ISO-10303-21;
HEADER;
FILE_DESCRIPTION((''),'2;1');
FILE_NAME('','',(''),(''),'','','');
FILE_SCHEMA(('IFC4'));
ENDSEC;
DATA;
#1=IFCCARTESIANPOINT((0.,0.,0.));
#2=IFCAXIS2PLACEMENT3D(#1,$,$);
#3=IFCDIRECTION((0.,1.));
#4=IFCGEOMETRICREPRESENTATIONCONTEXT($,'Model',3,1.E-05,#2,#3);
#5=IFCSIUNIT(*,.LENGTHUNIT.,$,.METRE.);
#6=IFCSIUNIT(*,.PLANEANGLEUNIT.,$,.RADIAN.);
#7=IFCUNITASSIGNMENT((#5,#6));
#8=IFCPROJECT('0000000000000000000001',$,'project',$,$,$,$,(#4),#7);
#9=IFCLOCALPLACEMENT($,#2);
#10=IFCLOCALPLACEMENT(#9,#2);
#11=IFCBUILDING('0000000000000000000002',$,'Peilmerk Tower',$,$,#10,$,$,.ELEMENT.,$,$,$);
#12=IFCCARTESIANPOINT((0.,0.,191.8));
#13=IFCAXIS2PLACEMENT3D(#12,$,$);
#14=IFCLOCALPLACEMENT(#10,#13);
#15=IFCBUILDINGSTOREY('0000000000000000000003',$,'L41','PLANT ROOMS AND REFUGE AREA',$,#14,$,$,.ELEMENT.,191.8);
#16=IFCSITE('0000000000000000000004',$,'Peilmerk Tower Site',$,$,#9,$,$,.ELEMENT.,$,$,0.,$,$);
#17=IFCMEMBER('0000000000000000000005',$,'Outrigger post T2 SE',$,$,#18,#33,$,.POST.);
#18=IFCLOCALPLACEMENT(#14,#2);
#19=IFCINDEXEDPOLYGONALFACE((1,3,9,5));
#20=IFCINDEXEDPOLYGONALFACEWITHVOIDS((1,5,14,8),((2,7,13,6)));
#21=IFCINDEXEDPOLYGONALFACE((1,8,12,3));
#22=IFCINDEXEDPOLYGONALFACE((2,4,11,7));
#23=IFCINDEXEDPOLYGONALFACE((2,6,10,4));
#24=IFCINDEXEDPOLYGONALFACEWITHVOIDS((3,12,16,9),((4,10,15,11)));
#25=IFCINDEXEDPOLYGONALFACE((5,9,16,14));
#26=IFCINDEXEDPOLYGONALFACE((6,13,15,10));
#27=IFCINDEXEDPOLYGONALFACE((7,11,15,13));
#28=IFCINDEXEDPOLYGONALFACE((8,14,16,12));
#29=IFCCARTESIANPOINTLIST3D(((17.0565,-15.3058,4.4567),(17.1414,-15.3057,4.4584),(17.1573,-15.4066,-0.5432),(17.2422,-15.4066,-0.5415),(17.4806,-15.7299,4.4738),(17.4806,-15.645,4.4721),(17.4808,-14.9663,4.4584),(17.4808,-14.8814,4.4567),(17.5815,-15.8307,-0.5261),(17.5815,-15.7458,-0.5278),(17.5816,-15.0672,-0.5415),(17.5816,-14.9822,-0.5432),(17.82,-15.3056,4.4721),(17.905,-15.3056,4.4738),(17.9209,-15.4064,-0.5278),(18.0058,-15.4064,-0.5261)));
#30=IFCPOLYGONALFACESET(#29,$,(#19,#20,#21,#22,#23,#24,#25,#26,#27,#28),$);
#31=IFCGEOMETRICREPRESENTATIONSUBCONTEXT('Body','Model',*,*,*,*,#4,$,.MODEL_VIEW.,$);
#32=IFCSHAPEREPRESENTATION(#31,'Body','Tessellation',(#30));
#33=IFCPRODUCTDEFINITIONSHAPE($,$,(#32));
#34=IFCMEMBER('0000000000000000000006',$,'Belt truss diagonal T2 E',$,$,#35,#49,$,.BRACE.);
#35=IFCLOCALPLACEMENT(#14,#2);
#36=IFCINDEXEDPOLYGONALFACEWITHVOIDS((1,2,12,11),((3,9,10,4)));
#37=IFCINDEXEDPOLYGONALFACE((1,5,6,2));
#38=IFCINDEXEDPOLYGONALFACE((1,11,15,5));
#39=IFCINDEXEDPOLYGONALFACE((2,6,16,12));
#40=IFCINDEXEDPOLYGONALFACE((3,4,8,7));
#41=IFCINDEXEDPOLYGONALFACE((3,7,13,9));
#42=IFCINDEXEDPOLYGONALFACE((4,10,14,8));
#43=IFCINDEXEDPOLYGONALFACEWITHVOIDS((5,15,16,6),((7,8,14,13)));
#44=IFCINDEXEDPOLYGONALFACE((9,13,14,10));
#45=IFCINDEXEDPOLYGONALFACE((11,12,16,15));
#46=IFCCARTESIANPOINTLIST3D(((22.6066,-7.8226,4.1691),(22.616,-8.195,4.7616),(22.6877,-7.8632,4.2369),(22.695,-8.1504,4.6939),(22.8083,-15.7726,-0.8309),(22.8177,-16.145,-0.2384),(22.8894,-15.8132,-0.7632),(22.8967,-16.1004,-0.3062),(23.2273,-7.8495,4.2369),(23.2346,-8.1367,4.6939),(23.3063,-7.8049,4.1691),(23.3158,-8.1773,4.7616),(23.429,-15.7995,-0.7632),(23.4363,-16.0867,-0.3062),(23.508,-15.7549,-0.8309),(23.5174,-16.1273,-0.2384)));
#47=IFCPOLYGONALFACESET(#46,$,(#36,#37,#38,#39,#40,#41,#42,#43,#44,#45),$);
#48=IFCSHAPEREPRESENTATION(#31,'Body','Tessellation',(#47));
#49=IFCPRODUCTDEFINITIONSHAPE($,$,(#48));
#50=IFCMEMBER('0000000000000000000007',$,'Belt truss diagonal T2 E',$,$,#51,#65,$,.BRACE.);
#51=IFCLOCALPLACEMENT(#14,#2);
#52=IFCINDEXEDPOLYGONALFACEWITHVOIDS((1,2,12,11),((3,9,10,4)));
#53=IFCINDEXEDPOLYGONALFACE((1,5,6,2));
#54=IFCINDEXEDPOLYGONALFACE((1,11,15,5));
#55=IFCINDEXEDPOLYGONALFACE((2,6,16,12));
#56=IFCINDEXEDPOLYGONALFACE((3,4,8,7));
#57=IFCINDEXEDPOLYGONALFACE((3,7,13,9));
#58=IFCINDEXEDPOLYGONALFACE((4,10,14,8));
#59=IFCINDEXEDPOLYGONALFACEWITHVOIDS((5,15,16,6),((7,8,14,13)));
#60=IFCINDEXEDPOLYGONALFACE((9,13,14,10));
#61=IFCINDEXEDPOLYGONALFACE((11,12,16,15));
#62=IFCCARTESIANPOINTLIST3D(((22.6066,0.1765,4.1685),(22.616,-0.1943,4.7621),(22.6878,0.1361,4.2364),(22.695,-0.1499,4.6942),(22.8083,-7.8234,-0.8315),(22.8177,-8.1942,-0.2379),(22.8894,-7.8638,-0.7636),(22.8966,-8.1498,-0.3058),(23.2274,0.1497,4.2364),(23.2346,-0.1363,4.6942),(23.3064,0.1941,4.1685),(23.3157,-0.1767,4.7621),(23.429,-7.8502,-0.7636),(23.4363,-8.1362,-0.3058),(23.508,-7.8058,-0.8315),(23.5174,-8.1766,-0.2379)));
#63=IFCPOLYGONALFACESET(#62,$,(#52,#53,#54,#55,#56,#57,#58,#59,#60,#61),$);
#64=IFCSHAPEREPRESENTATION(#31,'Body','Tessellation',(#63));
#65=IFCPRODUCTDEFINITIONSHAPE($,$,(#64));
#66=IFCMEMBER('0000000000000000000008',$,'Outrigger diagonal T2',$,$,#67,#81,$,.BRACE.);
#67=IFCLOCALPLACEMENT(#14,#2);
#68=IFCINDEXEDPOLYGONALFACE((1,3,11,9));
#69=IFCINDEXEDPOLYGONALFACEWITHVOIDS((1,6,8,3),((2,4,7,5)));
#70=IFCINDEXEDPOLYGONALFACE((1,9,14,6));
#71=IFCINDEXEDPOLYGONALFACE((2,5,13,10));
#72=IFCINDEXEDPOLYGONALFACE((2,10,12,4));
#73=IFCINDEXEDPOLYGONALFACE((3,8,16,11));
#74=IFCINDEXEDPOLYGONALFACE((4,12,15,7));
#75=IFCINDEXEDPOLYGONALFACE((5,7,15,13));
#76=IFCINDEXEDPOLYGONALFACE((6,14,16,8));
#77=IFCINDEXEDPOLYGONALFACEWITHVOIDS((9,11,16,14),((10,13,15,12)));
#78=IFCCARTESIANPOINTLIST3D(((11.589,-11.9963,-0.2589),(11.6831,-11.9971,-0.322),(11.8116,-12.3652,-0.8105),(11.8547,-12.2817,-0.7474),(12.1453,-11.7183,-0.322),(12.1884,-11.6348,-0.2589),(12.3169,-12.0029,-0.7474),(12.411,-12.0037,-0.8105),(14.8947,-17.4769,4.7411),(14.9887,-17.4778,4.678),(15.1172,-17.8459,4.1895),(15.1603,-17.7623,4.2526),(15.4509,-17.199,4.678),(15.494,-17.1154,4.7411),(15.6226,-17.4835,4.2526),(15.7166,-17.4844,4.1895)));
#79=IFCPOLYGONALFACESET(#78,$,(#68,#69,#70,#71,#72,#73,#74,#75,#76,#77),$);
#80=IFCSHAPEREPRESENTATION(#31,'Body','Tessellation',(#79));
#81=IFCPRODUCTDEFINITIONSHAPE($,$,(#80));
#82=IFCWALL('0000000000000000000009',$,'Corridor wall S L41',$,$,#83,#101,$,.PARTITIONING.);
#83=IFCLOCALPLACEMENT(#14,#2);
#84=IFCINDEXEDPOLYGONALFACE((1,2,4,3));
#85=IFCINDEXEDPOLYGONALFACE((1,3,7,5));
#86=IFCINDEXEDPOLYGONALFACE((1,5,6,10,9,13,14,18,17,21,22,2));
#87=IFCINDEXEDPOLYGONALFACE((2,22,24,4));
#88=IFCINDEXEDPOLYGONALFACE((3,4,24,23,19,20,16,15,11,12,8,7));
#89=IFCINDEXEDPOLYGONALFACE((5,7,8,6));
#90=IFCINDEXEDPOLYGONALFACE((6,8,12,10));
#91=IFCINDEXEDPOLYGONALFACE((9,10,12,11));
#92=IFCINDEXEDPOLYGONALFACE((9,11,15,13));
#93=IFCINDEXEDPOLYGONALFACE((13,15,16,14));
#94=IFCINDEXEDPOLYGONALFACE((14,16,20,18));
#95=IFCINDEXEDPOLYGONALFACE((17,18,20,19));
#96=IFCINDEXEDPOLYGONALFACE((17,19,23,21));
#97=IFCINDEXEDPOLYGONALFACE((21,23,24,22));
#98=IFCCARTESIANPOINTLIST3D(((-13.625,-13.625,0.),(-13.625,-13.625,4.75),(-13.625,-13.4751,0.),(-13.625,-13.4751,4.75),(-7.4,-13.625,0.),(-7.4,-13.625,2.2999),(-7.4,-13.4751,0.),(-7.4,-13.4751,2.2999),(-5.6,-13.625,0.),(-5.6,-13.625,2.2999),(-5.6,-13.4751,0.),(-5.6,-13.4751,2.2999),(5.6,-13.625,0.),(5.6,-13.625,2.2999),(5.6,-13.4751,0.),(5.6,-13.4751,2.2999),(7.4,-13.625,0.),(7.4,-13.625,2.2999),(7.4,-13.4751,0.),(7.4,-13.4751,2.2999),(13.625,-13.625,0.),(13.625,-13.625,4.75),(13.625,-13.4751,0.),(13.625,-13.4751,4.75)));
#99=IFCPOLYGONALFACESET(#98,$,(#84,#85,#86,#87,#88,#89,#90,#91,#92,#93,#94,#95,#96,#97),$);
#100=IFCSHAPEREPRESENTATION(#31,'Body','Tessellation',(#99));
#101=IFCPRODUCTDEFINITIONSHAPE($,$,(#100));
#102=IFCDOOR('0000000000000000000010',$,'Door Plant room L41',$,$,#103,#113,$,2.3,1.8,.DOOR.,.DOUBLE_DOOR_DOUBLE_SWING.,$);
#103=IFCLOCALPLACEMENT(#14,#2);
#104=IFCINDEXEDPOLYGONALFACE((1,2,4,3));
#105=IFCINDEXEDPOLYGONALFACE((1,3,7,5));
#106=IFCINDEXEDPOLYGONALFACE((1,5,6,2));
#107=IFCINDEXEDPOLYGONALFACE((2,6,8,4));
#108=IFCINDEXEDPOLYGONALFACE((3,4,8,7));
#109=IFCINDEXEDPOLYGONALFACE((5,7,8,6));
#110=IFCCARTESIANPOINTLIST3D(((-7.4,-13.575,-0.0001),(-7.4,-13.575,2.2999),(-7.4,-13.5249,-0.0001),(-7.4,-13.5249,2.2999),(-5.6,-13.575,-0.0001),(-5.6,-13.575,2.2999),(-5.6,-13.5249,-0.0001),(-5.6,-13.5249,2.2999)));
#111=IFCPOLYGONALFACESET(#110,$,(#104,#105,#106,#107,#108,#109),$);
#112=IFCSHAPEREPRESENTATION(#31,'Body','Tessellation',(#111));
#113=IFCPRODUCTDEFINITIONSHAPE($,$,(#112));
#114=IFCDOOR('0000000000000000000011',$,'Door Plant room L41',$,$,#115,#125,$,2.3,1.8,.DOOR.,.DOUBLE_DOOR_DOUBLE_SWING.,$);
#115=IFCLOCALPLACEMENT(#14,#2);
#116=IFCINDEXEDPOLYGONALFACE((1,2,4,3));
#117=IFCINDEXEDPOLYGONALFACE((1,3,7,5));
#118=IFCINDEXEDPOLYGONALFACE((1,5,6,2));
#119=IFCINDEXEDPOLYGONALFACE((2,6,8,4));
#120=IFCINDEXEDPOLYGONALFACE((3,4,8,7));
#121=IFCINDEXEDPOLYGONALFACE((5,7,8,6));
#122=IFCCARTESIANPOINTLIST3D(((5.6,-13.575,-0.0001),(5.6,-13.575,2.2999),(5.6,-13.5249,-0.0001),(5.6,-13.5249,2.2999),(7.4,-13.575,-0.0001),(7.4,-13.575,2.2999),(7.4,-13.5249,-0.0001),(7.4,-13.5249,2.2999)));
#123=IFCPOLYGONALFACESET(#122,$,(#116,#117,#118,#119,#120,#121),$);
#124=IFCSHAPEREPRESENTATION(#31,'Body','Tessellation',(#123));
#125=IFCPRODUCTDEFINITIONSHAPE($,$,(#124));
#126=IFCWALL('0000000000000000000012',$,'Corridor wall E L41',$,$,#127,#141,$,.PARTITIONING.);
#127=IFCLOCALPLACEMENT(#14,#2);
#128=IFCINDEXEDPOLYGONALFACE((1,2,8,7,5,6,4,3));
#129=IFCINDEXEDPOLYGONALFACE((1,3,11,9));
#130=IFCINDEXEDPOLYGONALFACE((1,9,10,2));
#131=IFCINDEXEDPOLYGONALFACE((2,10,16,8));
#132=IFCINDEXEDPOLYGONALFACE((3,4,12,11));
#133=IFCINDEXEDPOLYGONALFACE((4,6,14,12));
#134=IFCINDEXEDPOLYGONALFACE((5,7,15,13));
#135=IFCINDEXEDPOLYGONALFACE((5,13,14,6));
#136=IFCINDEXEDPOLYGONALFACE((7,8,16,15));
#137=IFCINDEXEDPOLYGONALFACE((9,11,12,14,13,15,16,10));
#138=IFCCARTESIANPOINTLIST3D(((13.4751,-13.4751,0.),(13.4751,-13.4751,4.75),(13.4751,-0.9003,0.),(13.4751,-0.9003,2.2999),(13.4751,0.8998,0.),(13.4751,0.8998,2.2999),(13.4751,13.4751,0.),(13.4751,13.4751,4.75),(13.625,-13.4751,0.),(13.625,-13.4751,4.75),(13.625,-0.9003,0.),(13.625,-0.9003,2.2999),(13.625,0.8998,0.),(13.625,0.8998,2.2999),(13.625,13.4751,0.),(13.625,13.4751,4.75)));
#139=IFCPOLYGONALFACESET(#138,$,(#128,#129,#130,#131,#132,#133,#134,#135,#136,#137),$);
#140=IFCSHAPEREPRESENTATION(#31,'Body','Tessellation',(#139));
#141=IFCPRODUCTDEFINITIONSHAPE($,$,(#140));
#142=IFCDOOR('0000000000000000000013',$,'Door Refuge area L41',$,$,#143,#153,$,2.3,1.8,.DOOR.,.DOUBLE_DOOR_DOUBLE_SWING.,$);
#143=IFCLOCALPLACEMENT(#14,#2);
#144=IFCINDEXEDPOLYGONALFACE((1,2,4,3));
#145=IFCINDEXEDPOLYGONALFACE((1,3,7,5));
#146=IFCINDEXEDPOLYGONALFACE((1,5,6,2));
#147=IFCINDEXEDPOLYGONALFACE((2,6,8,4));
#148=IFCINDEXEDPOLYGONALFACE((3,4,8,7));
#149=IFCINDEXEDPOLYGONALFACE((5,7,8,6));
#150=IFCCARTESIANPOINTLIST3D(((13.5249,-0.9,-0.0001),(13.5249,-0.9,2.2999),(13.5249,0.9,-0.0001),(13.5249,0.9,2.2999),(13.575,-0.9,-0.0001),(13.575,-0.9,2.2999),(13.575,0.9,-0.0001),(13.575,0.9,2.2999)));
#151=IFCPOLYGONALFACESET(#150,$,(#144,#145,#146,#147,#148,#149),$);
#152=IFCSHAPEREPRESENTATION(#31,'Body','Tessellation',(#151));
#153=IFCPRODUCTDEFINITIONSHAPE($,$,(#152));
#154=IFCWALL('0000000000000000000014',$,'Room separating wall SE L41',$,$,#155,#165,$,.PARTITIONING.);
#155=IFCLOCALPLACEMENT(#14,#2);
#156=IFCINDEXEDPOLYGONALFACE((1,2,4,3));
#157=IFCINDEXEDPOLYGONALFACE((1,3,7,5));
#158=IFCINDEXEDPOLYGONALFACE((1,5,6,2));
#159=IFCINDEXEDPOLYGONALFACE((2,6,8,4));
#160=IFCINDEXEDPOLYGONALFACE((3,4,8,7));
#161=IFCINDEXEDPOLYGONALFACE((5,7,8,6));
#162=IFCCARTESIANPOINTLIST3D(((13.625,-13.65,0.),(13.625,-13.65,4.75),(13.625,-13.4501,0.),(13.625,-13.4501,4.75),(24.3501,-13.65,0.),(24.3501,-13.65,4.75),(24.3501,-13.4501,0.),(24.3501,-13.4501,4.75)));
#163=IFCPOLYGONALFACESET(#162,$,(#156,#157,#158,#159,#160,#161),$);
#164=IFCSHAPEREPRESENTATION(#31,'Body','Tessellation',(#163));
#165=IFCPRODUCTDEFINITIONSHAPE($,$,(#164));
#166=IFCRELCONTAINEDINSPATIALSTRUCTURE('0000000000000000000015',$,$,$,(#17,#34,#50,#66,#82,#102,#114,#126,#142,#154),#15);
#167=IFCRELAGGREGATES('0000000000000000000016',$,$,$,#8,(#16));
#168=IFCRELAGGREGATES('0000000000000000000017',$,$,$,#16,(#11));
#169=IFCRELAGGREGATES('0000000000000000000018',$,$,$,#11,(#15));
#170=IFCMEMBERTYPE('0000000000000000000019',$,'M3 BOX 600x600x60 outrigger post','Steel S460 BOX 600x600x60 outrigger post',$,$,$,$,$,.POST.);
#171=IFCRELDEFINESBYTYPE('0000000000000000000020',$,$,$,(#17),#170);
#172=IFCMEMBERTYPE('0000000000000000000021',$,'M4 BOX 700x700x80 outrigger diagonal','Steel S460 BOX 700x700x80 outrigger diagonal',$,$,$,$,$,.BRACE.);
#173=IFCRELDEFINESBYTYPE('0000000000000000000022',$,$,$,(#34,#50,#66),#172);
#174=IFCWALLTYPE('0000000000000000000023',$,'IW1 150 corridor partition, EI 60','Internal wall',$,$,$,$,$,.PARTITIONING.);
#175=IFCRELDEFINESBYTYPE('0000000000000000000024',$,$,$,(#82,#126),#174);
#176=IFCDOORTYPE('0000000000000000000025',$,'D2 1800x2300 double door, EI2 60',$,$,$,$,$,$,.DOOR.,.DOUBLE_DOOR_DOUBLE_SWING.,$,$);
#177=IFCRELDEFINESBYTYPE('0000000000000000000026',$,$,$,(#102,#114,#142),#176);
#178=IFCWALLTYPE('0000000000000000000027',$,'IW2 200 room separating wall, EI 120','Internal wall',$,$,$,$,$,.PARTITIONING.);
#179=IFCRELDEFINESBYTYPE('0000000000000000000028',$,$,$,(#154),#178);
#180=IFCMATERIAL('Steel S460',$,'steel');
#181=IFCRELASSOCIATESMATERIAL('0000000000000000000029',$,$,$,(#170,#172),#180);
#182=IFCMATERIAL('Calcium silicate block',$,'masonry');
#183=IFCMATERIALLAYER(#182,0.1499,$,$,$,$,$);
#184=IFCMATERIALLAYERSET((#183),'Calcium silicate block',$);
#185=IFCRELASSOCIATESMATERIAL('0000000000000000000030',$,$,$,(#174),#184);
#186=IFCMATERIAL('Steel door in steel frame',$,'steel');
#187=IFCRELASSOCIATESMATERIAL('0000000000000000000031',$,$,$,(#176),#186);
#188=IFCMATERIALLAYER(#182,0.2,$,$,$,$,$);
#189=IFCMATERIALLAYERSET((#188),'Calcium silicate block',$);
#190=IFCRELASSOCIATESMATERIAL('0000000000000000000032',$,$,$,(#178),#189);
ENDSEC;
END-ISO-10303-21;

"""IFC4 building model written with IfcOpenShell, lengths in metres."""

from ifc_helpers import new_model, si_unit, direction, frame, frame_2d, origin, origin_2d, place, context, subcontext, project, spatial, rectangle, hollow_rectangle, extrude, material, layer, layer_set, material_profile, profile_set, type_object, element, fill, save


model = new_model("IFC4")

# Units and contexts
model_context = context("Model", 3, precision=1e-05, world=origin(), true_north=direction((0.0, 1.0)))
body_context = subcontext(model_context, "Body", "Model", "MODEL_VIEW")
ifc_project = project(units=[si_unit("LENGTHUNIT", "METRE"), si_unit("PLANEANGLEUNIT", "RADIAN")], contexts=[model_context])

# Site, building, storey
site_placement = place(None, origin())
site = spatial("IfcSite", under=ifc_project, at=site_placement, Name="Peilmerk Tower Site", CompositionType="ELEMENT", RefElevation=0.0)
building_placement = place(site_placement, origin())
building = spatial("IfcBuilding", under=site, at=building_placement, Name="Peilmerk Tower", CompositionType="ELEMENT")
storey_placement = place(building_placement, frame((0.0, 0.0, 191.8)))
storey = spatial("IfcBuildingStorey", under=building, at=storey_placement, Name="L41", Description="PLANT ROOMS AND REFUGE AREA", CompositionType="ELEMENT", Elevation=191.8)

# Shared definitions
ifc_material_1 = material(Name="Steel S460", Category="steel")

# Members
ifc_material_profile_1 = material_profile(ifc_material_1, hollow_rectangle(XDim=0.6001, YDim=0.6001, WallThickness=0.0601, at=origin_2d()), Name="BOX 600x600x60")
ifc_profile_set_1 = profile_set([ifc_material_profile_1], Name="Steel S460")
member_type_1 = type_object("IfcMemberType", Name="M3 BOX 600x600x60 outrigger post", Description="Steel S460 BOX 600x600x60 outrigger post", PredefinedType="POST", material=ifc_profile_set_1)
member_1_placement = place(storey_placement, frame((17.5815, -15.4065, -0.5347), z_axis=(-0.020158, 0.020158, 0.999594), x_axis=(-0.707107, -0.707107, 0.0)))
element("IfcMember", 1, at=member_1_placement, inside=storey, type_object=member_type_1, Name="Outrigger post T2 SE", PredefinedType="POST", context=body_context, shape_type="SweptSolid", body=[
    extrude(hollow_rectangle(XDim=0.6001, YDim=0.6001, WallThickness=0.0601, at=origin_2d()), origin(), (0.0, 0.0, 1.0), 5.002),
])
ifc_material_profile_2 = material_profile(ifc_material_1, hollow_rectangle(XDim=0.7, YDim=0.7, WallThickness=0.0801, at=origin_2d()), Name="BOX 700x700x80")
ifc_profile_set_2 = profile_set([ifc_material_profile_2], Name="Steel S460")
member_type_2 = type_object("IfcMemberType", Name="M4 BOX 700x700x80 outrigger diagonal", Description="Steel S460 BOX 700x700x80 outrigger diagonal", PredefinedType="BRACE", material=ifc_profile_set_2)
member_2_placement = place(storey_placement, frame((23.1628, -15.95, -0.5347), z_axis=(-0.021467, 0.846303, 0.532269), x_axis=(-0.999678, -0.025358, 0.0)))
element("IfcMember", 2, at=member_2_placement, inside=storey, type_object=member_type_2, Name="Belt truss diagonal T2 E", PredefinedType="BRACE", context=body_context, shape_type="SweptSolid", body=[
    extrude(hollow_rectangle(XDim=0.7, YDim=0.7, WallThickness=0.0801, at=origin_2d()), origin(), (0.0, 0.0, 1.0), 9.3938),
])
member_3_placement = place(storey_placement, frame((23.1628, -8.0, -0.5347), z_axis=(-0.021371, 0.847805, 0.529878), x_axis=(-0.999682, -0.0252, 0.0)))
element("IfcMember", 3, at=member_3_placement, inside=storey, type_object=member_type_2, Name="Belt truss diagonal T2 E", PredefinedType="BRACE", context=body_context, shape_type="SweptSolid", body=[
    extrude(hollow_rectangle(XDim=0.7, YDim=0.7, WallThickness=0.0801, at=origin_2d()), origin(), (0.0, 0.0, 1.0), 9.436),
])
member_4_placement = place(storey_placement, frame((12.0, -12.0, -0.5347), z_axis=(0.407005, -0.674805, 0.615618), x_axis=(0.856303, 0.516475, 0.0)))
element("IfcMember", 4, at=member_4_placement, inside=storey, type_object=member_type_2, Name="Outrigger diagonal T2", PredefinedType="BRACE", context=body_context, shape_type="SweptSolid", body=[
    extrude(hollow_rectangle(XDim=0.7, YDim=0.7, WallThickness=0.0801, at=origin_2d()), origin(), (0.0, 0.0, 1.0), 8.1218),
])

# Wall, openings, doors
ifc_material_2 = material(Name="Calcium silicate block", Category="masonry")
ifc_layer_1 = layer(ifc_material_2, 0.1499)
ifc_layer_set_1 = layer_set([ifc_layer_1], Name="Calcium silicate block")
wall_type_1 = type_object("IfcWallType", Name="IW1 150 corridor partition, EI 60", Description="Internal wall", PredefinedType="PARTITIONING", material=ifc_layer_set_1)
wall_1_placement = place(storey_placement, frame((13.625, -13.55, 0.0), z_axis=(0.0, 0.0, 1.0), x_axis=(-1.0, 0.0, 0.0)))
wall_1 = element("IfcWall", 5, at=wall_1_placement, inside=storey, type_object=wall_type_1, Name="Corridor wall S L41", PredefinedType="PARTITIONING", context=body_context, shape_type="SweptSolid", body=[
    extrude(rectangle(XDim=27.25, YDim=0.1499, at=frame_2d((13.625, 0.0))), origin(), (0.0, 0.0, 1.0), 4.75),
])
opening_1_placement = place(wall_1_placement, frame((19.2251, 0.0, 0.0)))
opening_1 = element("IfcOpeningElement", 6, at=opening_1_placement, cuts=wall_1, PredefinedType="OPENING", context=body_context, shape_type="SweptSolid", body=[
    extrude(rectangle(XDim=1.8, YDim=2.3, at=frame_2d((0.8999, 1.1499))), frame((0.0, 0.085, 0.0), z_axis=(0.0, -1.0, 0.0), x_axis=(1.0, 0.0, 0.0)), (0.0, 0.0, 1.0), 0.1699),
])
opening_2_placement = place(wall_1_placement, frame((6.2251, 0.0, 0.0)))
opening_2 = element("IfcOpeningElement", 7, at=opening_2_placement, cuts=wall_1, PredefinedType="OPENING", context=body_context, shape_type="SweptSolid", body=[
    extrude(rectangle(XDim=1.8, YDim=2.3, at=frame_2d((0.8999, 1.1499))), frame((0.0, 0.085, 0.0), z_axis=(0.0, -1.0, 0.0), x_axis=(1.0, 0.0, 0.0)), (0.0, 0.0, 1.0), 0.1699),
])
ifc_material_3 = material(Name="Steel door in steel frame", Category="steel")
door_type = type_object("IfcDoorType", Name="D2 1800x2300 double door, EI2 60", OperationType="DOUBLE_DOOR_DOUBLE_SWING", PredefinedType="DOOR", material=ifc_material_3)
door_1_placement = place(opening_1_placement, origin())
door_1 = element("IfcDoor", 8, at=door_1_placement, inside=storey, type_object=door_type, Name="Door Plant room L41", OperationType="DOUBLE_DOOR_DOUBLE_SWING", OverallHeight=2.3, OverallWidth=1.8, PredefinedType="DOOR", context=body_context, shape_type="SweptSolid", body=[
    extrude(rectangle(XDim=1.8, YDim=2.3, at=frame_2d((0.8999, 1.1499))), frame((0.0, 0.0249, 0.0), z_axis=(0.0, -1.0, 0.0), x_axis=(1.0, 0.0, 0.0)), (0.0, 0.0, 1.0), 0.05),
])
fill(opening_1, door_1)
door_2_placement = place(opening_2_placement, origin())
door_2 = element("IfcDoor", 9, at=door_2_placement, inside=storey, type_object=door_type, Name="Door Plant room L41", OperationType="DOUBLE_DOOR_DOUBLE_SWING", OverallHeight=2.3, OverallWidth=1.8, PredefinedType="DOOR", context=body_context, shape_type="SweptSolid", body=[
    extrude(rectangle(XDim=1.8, YDim=2.3, at=frame_2d((0.8999, 1.1499))), frame((0.0, 0.0249, 0.0), z_axis=(0.0, -1.0, 0.0), x_axis=(1.0, 0.0, 0.0)), (0.0, 0.0, 1.0), 0.05),
])
fill(opening_2, door_2)

# Wall, opening, door
wall_2_placement = place(storey_placement, frame((13.55, -13.4751, 0.0), z_axis=(0.0, 0.0, 1.0), x_axis=(0.0, 1.0, 0.0)))
wall_2 = element("IfcWall", 10, at=wall_2_placement, inside=storey, type_object=wall_type_1, Name="Corridor wall E L41", PredefinedType="PARTITIONING", context=body_context, shape_type="SweptSolid", body=[
    extrude(rectangle(XDim=26.9502, YDim=0.1499, at=frame_2d((13.4751, 0.0))), origin(), (0.0, 0.0, 1.0), 4.75),
])
opening_3_placement = place(wall_2_placement, frame((12.575, 0.0, 0.0)))
opening_3 = element("IfcOpeningElement", 11, at=opening_3_placement, cuts=wall_2, PredefinedType="OPENING", context=body_context, shape_type="SweptSolid", body=[
    extrude(rectangle(XDim=1.8, YDim=2.3, at=frame_2d((0.8999, 1.1499))), frame((0.0, 0.085, 0.0), z_axis=(0.0, -1.0, 0.0), x_axis=(1.0, 0.0, 0.0)), (0.0, 0.0, 1.0), 0.1699),
])
door_3_placement = place(opening_3_placement, frame((1.8, 0.0, 0.0), z_axis=(0.0, 0.0, 1.0), x_axis=(-1.0, 0.0, 0.0)))
door_3 = element("IfcDoor", 12, at=door_3_placement, inside=storey, type_object=door_type, Name="Door Refuge area L41", OperationType="DOUBLE_DOOR_DOUBLE_SWING", OverallHeight=2.3, OverallWidth=1.8, PredefinedType="DOOR", context=body_context, shape_type="SweptSolid", body=[
    extrude(rectangle(XDim=1.8, YDim=2.3, at=frame_2d((0.8999, 1.1499))), frame((0.0, 0.0249, 0.0), z_axis=(0.0, -1.0, 0.0), x_axis=(1.0, 0.0, 0.0)), (0.0, 0.0, 1.0), 0.05),
])
fill(opening_3, door_3)

# Wall
ifc_layer_2 = layer(ifc_material_2, 0.2)
ifc_layer_set_2 = layer_set([ifc_layer_2], Name="Calcium silicate block")
wall_type_2 = type_object("IfcWallType", Name="IW2 200 room separating wall, EI 120", Description="Internal wall", PredefinedType="PARTITIONING", material=ifc_layer_set_2)
wall_3_placement = place(storey_placement, frame((24.3501, -13.55, 0.0), z_axis=(0.0, 0.0, 1.0), x_axis=(-1.0, 0.0, 0.0)))
element("IfcWall", 13, at=wall_3_placement, inside=storey, type_object=wall_type_2, Name="Room separating wall SE L41", PredefinedType="PARTITIONING", context=body_context, shape_type="SweptSolid", body=[
    extrude(rectangle(XDim=10.7251, YDim=0.2, at=frame_2d((5.3625, 0.0))), origin(), (0.0, 0.0, 1.0), 4.75),
])

save(model, "model.ifc")
